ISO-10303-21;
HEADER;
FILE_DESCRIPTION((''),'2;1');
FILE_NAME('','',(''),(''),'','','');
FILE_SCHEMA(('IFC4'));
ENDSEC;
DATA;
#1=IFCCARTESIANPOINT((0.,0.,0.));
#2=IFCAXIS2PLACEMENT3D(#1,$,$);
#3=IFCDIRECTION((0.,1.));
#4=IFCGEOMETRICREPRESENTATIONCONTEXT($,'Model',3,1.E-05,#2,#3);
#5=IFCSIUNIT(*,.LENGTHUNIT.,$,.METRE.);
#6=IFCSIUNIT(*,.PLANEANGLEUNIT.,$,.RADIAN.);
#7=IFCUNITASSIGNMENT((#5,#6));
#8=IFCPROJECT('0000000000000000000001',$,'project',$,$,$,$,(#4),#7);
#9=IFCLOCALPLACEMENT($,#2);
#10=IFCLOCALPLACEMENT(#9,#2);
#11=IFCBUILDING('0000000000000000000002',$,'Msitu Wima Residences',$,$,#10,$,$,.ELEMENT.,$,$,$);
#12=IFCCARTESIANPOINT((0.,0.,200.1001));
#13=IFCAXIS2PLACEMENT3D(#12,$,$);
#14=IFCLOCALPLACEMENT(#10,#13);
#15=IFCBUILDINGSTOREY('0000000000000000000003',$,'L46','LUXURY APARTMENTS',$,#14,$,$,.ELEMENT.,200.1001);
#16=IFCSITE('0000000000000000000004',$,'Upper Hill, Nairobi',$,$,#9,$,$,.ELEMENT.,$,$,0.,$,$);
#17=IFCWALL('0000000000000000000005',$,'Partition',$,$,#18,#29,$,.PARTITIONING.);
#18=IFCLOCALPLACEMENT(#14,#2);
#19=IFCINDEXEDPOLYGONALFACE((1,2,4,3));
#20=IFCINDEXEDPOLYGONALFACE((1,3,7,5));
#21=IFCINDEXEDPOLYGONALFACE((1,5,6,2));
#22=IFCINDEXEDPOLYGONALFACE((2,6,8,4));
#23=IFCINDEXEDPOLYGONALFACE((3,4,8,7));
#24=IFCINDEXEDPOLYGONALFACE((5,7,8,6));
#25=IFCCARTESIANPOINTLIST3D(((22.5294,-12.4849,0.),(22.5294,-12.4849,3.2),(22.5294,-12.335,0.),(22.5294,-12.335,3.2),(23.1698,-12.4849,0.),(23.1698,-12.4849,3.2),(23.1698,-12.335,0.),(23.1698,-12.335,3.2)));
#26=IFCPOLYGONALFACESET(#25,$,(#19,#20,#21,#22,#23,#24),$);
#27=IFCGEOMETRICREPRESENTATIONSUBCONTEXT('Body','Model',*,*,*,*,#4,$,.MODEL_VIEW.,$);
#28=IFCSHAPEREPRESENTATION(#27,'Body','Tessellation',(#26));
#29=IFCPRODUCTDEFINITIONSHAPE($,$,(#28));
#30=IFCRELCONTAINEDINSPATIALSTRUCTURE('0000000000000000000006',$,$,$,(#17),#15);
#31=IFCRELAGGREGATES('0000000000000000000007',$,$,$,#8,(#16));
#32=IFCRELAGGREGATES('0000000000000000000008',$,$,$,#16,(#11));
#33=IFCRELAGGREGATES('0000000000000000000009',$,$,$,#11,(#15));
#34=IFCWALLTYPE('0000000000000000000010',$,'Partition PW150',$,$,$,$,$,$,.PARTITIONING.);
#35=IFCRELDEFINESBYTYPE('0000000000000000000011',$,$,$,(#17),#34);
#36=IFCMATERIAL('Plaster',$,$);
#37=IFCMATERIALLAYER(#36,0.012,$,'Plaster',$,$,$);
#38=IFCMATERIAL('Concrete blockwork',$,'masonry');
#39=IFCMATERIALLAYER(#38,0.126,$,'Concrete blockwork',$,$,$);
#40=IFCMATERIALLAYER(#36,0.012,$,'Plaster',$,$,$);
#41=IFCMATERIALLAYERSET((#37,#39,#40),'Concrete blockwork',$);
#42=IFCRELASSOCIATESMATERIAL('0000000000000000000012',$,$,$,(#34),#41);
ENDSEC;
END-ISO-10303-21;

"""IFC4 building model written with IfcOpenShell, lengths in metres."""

from ifc_helpers import new_model, si_unit, direction, frame, frame_2d, origin, place, context, subcontext, project, spatial, rectangle, extrude, material, layer, layer_set, type_object, element, save


model = new_model("IFC4")

# Units and contexts
model_context = context("Model", 3, precision=1e-05, world=origin(), true_north=direction((0.0, 1.0)))
body_context = subcontext(model_context, "Body", "Model", "MODEL_VIEW")
ifc_project = project(units=[si_unit("LENGTHUNIT", "METRE"), si_unit("PLANEANGLEUNIT", "RADIAN")], contexts=[model_context])

# Site, building, storey
site_placement = place(None, origin())
site = spatial("IfcSite", under=ifc_project, at=site_placement, Name="Upper Hill, Nairobi", CompositionType="ELEMENT", RefElevation=0.0)
building_placement = place(site_placement, origin())
building = spatial("IfcBuilding", under=site, at=building_placement, Name="Msitu Wima Residences", CompositionType="ELEMENT")
storey_placement = place(building_placement, frame((0.0, 0.0, 200.1001)))
storey = spatial("IfcBuildingStorey", under=building, at=storey_placement, Name="L46", Description="LUXURY APARTMENTS", CompositionType="ELEMENT", Elevation=200.1001)

# Shared definitions
ifc_material_1 = material(Name="Plaster")
ifc_material_2 = material(Name="Concrete blockwork", Category="masonry")

# Shared definitions
ifc_layer_1 = layer(ifc_material_1, 0.012, Name="Plaster")
ifc_layer_2 = layer(ifc_material_2, 0.126, Name="Concrete blockwork")
ifc_layer_3 = layer(ifc_material_1, 0.012, Name="Plaster")
ifc_layer_set_1 = layer_set([ifc_layer_1, ifc_layer_2, ifc_layer_3], Name="Concrete blockwork")
wall_type_1 = type_object("IfcWallType", Name="Partition PW150", PredefinedType="PARTITIONING", material=ifc_layer_set_1)

# Wall
wall_1_placement = place(storey_placement, frame((22.5293, -12.4099, 0.0), z_axis=(0.0, 0.0, 1.0), x_axis=(1.0, 0.0, 0.0)))
element("IfcWall", 1, at=wall_1_placement, inside=storey, type_object=wall_type_1, Name="Partition", PredefinedType="PARTITIONING", context=body_context, shape_type="SweptSolid", body=[
    extrude(rectangle(XDim=0.6404, YDim=0.1499, at=frame_2d((0.3203, 0.0))), origin(), (0.0, 0.0, 1.0), 3.2),
])

save(model, "model.ifc")
